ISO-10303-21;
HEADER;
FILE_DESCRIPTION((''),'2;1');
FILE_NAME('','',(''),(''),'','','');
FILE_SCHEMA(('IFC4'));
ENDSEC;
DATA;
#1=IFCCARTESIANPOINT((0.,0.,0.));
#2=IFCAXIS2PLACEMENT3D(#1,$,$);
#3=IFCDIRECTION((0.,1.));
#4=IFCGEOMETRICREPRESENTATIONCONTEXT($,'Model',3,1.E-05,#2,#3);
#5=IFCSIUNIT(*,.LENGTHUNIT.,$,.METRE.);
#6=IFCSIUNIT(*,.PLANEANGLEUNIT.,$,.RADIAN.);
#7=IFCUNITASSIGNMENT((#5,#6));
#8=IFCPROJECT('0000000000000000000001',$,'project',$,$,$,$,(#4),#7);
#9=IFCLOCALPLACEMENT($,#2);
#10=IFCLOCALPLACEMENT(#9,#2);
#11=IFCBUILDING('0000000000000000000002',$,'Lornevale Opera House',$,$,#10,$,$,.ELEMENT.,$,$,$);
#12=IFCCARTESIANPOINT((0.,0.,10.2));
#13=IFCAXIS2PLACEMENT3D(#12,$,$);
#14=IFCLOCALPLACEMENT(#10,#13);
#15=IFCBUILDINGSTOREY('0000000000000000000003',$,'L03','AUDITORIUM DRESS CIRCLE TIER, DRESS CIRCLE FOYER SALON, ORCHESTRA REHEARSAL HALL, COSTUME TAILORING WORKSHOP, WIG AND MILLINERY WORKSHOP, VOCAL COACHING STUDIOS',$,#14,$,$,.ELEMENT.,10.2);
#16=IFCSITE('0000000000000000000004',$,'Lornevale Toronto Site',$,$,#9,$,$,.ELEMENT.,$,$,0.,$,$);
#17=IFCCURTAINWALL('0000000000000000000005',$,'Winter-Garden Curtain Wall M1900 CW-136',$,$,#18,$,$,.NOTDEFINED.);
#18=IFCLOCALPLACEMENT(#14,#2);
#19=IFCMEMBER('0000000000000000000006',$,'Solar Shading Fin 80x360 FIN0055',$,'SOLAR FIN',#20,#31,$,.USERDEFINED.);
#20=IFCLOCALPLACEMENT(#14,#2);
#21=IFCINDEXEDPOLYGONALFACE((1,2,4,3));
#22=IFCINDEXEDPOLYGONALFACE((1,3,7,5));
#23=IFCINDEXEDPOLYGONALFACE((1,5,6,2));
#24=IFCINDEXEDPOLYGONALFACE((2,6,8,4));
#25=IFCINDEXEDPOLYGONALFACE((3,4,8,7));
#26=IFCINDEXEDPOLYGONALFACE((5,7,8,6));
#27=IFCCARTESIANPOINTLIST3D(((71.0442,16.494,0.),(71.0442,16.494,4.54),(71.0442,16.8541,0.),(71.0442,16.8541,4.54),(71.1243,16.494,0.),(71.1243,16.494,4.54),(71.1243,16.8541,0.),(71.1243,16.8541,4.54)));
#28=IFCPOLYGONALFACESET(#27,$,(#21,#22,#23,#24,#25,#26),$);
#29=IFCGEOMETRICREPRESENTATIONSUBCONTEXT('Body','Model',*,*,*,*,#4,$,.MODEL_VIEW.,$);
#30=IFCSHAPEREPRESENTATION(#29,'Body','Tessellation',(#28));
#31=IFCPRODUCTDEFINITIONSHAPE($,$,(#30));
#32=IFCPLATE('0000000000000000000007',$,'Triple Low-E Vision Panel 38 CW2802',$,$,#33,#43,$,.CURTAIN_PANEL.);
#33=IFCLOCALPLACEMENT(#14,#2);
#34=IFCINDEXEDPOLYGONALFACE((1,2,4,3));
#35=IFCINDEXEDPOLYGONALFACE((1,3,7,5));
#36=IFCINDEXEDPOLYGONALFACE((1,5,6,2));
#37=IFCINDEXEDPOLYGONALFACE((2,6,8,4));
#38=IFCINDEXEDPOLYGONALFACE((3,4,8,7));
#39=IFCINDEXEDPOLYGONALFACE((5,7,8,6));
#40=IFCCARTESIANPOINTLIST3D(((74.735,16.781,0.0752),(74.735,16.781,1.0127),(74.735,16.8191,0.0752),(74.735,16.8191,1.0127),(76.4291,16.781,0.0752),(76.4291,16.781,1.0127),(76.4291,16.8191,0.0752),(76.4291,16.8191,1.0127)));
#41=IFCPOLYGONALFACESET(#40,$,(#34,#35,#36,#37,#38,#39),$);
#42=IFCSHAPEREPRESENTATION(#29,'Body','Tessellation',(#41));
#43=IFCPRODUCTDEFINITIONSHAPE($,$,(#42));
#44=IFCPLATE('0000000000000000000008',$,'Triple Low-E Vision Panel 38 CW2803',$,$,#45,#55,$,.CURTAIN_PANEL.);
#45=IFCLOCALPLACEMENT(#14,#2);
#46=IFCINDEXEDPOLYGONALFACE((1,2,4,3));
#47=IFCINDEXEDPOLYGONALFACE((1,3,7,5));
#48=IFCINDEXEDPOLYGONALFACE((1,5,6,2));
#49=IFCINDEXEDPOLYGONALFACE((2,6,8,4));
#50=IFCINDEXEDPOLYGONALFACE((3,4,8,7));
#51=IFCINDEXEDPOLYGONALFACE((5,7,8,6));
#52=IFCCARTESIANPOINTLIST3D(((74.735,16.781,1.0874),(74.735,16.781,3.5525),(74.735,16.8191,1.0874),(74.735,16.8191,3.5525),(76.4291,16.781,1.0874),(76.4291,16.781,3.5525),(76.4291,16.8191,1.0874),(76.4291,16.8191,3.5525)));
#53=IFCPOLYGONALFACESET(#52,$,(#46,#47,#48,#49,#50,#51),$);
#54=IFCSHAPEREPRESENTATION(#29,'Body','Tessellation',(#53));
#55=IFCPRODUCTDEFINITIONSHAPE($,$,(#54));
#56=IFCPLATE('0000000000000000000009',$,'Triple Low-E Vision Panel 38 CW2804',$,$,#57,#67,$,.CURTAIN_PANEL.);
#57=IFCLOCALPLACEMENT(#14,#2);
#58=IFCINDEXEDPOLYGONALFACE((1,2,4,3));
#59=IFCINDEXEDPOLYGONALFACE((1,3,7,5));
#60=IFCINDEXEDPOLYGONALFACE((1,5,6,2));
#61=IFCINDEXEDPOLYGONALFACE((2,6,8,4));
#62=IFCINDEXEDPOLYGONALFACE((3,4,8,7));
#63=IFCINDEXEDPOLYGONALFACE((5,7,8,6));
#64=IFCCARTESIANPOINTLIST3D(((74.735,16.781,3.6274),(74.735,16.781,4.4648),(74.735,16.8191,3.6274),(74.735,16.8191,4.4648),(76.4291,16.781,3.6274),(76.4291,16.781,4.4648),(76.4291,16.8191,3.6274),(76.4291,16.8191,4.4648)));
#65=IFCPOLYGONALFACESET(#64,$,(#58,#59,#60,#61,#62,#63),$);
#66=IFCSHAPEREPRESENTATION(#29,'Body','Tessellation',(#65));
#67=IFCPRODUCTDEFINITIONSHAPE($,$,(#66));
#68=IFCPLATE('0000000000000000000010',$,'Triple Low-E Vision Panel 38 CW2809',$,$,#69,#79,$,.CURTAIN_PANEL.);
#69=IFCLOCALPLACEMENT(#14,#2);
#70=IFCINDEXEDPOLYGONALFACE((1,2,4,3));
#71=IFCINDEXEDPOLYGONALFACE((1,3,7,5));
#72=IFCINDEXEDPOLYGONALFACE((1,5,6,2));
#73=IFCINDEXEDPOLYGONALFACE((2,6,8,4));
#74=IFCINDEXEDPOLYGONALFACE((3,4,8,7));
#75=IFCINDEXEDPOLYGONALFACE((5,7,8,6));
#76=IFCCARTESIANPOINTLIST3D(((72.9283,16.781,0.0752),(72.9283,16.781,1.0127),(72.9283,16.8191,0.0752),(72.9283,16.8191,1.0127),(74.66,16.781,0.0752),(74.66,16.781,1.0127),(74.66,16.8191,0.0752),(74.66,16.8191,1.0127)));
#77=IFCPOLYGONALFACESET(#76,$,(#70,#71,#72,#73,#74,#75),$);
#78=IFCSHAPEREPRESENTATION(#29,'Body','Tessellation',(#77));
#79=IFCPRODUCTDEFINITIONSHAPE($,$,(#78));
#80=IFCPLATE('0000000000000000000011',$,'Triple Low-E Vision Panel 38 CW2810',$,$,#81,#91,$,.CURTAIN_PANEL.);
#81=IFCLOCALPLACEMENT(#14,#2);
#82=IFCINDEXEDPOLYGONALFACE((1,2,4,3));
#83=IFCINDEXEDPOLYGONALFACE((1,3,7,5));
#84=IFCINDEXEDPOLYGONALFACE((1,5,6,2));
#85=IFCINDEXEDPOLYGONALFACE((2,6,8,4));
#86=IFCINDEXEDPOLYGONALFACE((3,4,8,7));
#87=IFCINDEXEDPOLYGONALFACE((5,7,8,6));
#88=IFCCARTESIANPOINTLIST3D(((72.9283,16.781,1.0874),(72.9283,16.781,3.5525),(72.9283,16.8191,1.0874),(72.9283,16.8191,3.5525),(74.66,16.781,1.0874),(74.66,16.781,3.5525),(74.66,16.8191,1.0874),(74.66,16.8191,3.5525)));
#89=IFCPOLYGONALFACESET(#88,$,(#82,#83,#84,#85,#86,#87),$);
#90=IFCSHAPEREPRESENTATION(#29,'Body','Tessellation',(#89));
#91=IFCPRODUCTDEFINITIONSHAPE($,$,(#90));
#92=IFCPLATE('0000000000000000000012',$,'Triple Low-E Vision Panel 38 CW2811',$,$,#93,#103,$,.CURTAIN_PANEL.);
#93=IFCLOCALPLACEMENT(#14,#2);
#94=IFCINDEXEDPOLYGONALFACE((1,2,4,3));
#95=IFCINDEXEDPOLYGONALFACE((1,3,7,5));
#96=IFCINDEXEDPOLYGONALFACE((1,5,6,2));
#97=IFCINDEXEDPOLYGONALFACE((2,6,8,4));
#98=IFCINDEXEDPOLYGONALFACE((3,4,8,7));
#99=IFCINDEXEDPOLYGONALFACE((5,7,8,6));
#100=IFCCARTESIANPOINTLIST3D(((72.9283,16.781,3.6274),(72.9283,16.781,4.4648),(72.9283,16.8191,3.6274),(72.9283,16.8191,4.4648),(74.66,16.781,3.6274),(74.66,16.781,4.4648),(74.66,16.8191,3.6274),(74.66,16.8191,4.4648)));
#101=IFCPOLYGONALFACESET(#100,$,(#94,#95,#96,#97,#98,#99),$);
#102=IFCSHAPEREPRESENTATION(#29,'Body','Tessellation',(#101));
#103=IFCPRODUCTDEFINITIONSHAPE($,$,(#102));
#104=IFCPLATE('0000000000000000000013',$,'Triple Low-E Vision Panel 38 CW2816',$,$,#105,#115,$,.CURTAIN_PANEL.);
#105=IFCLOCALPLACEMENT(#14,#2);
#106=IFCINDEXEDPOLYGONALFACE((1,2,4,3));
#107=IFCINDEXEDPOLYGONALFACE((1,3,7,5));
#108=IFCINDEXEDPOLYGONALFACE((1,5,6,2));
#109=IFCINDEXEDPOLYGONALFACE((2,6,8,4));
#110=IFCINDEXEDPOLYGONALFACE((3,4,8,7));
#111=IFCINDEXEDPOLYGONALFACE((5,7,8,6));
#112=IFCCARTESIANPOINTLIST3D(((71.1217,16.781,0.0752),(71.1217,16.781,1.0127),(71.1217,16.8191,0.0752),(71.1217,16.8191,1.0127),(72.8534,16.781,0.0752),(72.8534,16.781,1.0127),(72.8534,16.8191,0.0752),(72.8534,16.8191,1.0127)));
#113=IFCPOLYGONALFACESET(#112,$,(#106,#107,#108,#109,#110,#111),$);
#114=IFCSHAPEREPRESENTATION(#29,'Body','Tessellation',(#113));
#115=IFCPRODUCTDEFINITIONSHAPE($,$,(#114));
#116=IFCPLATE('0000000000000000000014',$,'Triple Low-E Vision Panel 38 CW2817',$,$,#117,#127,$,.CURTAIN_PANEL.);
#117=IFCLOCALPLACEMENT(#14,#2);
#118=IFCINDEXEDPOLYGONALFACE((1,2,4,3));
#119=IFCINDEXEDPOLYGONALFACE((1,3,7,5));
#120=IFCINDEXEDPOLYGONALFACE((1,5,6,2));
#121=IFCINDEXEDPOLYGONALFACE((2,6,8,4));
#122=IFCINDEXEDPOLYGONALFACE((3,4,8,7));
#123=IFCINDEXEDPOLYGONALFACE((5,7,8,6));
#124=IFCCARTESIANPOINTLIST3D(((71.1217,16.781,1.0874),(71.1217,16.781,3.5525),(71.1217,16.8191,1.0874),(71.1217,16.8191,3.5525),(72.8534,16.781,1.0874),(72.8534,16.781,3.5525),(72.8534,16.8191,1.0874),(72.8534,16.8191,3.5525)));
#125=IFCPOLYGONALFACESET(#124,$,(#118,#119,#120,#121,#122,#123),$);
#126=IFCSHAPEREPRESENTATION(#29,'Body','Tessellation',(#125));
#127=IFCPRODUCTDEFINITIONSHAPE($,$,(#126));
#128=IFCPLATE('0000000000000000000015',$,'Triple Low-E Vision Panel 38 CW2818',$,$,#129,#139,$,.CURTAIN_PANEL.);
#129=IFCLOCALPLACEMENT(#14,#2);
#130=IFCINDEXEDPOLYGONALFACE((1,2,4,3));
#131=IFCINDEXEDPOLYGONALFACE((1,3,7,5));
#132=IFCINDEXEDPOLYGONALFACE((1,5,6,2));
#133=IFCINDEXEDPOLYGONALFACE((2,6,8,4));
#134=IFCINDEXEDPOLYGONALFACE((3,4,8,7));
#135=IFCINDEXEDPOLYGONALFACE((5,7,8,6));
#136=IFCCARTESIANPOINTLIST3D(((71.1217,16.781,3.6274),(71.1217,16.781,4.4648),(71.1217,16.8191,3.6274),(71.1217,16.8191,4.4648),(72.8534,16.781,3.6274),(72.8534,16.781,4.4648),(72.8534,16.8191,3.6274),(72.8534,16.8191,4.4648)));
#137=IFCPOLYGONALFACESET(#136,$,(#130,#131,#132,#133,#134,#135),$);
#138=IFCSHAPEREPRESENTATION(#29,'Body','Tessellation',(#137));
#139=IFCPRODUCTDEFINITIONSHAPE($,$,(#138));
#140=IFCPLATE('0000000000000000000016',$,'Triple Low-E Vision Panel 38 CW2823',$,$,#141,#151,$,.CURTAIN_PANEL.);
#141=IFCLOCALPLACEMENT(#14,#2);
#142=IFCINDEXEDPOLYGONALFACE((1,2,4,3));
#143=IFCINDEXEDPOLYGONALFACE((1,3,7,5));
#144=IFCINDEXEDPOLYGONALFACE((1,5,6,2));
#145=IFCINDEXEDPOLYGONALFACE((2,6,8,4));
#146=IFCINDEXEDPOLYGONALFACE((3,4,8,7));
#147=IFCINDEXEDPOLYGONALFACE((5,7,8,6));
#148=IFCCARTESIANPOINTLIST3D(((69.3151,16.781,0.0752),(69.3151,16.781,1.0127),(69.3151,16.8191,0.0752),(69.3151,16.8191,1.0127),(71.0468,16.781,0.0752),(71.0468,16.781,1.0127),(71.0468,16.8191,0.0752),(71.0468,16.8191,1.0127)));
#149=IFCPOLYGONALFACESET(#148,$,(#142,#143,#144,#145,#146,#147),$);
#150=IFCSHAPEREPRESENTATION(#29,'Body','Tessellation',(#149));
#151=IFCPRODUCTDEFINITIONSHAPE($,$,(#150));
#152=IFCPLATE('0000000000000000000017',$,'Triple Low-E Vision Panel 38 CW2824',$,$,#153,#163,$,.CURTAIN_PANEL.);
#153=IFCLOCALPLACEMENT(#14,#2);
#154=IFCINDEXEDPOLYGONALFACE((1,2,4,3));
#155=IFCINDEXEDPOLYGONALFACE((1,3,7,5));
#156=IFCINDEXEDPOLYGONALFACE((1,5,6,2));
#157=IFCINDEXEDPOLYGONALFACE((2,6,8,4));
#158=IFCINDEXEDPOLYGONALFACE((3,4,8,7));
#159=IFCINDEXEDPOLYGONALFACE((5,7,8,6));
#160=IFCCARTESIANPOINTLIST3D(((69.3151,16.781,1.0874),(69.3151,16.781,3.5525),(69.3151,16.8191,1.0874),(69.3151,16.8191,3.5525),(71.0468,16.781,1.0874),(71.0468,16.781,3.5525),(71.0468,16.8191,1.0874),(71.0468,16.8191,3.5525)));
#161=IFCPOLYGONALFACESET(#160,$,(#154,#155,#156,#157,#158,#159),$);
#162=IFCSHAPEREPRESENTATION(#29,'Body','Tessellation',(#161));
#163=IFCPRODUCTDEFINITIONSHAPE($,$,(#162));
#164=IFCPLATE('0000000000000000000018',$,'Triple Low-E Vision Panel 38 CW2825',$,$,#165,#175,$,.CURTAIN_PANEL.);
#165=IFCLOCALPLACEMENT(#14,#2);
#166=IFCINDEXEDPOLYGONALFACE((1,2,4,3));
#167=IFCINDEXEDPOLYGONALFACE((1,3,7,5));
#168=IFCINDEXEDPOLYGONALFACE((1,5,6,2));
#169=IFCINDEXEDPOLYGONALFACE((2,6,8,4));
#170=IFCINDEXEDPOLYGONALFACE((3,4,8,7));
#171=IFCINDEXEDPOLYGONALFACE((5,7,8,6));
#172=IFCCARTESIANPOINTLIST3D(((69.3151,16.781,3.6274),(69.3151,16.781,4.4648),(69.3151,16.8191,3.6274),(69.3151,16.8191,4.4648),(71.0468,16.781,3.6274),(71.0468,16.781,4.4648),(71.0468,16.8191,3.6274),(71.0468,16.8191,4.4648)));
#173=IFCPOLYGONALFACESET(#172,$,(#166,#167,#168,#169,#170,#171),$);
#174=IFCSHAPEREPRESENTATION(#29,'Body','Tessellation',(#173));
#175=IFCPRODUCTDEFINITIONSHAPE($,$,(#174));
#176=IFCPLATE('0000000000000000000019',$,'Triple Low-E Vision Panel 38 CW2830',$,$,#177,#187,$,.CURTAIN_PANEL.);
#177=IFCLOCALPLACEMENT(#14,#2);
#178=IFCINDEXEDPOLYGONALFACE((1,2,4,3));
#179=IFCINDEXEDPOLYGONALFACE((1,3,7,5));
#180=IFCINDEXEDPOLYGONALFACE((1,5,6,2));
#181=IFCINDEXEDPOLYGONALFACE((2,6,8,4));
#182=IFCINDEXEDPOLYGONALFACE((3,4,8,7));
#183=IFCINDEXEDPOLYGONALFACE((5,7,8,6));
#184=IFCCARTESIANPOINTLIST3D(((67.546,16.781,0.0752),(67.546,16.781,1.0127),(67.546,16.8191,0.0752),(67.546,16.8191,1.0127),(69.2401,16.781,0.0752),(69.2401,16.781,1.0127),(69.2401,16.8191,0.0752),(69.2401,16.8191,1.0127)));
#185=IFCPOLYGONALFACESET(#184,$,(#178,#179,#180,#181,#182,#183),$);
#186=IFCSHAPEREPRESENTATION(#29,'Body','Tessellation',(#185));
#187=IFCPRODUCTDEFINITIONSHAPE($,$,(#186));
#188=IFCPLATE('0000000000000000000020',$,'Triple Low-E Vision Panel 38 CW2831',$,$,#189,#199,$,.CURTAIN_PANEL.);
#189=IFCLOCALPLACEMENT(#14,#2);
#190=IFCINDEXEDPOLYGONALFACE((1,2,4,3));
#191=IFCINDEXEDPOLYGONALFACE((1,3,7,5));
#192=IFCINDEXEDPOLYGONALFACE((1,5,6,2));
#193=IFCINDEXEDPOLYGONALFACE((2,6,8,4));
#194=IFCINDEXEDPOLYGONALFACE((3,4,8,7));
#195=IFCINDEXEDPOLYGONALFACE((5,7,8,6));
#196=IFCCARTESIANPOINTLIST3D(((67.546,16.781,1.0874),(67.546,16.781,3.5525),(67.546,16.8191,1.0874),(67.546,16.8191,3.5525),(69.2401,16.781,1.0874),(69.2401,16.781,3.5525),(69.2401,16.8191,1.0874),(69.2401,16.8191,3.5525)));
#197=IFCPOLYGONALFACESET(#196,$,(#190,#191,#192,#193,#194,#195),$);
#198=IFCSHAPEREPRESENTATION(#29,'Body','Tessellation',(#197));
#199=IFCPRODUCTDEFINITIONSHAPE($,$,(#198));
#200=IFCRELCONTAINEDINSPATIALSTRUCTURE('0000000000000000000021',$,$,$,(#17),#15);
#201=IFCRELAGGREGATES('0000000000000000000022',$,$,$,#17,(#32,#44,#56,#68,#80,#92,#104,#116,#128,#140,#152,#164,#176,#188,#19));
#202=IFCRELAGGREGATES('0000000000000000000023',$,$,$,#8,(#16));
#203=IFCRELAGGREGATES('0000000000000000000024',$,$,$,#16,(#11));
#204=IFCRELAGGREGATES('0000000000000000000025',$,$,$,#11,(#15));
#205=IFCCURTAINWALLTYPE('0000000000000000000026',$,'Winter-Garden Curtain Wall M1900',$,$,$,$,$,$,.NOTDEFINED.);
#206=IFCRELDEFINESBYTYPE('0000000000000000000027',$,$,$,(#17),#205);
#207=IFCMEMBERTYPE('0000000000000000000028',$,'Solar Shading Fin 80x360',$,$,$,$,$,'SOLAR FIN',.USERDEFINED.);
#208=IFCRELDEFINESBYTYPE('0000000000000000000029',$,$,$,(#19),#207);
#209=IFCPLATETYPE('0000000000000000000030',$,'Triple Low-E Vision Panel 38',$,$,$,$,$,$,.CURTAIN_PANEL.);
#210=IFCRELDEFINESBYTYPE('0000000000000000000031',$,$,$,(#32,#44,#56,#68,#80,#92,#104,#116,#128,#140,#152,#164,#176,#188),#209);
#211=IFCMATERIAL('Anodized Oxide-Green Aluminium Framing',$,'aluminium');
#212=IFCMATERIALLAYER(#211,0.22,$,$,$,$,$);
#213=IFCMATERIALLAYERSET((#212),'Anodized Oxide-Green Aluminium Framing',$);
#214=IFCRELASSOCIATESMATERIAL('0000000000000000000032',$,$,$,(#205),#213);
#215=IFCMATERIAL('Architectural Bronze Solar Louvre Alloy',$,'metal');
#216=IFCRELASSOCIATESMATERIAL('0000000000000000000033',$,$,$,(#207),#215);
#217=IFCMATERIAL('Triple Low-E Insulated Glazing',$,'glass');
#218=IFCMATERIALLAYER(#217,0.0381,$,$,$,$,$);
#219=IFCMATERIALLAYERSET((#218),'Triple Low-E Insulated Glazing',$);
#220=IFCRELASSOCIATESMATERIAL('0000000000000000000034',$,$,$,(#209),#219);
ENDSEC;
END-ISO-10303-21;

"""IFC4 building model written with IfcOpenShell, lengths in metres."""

from ifc_helpers import new_model, si_unit, direction, frame, origin, origin_2d, place, context, subcontext, project, spatial, rectangle, extrude, material, layer, layer_set, material_profile, profile_set, type_object, element, aggregate, save


model = new_model("IFC4")

# Units and contexts
model_context = context("Model", 3, precision=1e-05, world=origin(), true_north=direction((0.0, 1.0)))
body_context = subcontext(model_context, "Body", "Model", "MODEL_VIEW")
ifc_project = project(units=[si_unit("LENGTHUNIT", "METRE"), si_unit("PLANEANGLEUNIT", "RADIAN")], contexts=[model_context])

# Site, building, storey
site_placement = place(None, origin())
site = spatial("IfcSite", under=ifc_project, at=site_placement, Name="Lornevale Toronto Site", CompositionType="ELEMENT", RefElevation=0.0)
building_placement = place(site_placement, origin())
building = spatial("IfcBuilding", under=site, at=building_placement, Name="Lornevale Opera House", CompositionType="ELEMENT")
storey_placement = place(building_placement, frame((0.0, 0.0, 10.2)))
storey = spatial("IfcBuildingStorey", under=building, at=storey_placement, Name="L03", Description="AUDITORIUM DRESS CIRCLE TIER, DRESS CIRCLE FOYER SALON, ORCHESTRA REHEARSAL HALL, COSTUME TAILORING WORKSHOP, WIG AND MILLINERY WORKSHOP, VOCAL COACHING STUDIOS", CompositionType="ELEMENT", Elevation=10.2)

# Curtain wall, member, plates
ifc_material_1 = material(Name="Anodized Oxide-Green Aluminium Framing", Category="aluminium")
ifc_layer_1 = layer(ifc_material_1, 0.22)
ifc_layer_set_1 = layer_set([ifc_layer_1], Name="Anodized Oxide-Green Aluminium Framing")
curtain_wall_type = type_object("IfcCurtainWallType", Name="Winter-Garden Curtain Wall M1900", PredefinedType="NOTDEFINED", material=ifc_layer_set_1)
curtain_wall_placement = place(storey_placement, origin())
curtain_wall = element("IfcCurtainWall", 1, at=curtain_wall_placement, inside=storey, type_object=curtain_wall_type, Name="Winter-Garden Curtain Wall M1900 CW-136", PredefinedType="NOTDEFINED")
ifc_material_2 = material(Name="Architectural Bronze Solar Louvre Alloy", Category="metal")
ifc_material_profile_1 = material_profile(ifc_material_2, rectangle(XDim=0.0801, YDim=0.3601, at=origin_2d()), Name="FIN80x360")
ifc_profile_set_1 = profile_set([ifc_material_profile_1], Name="Architectural Bronze Solar Louvre Alloy")
member_type_1 = type_object("IfcMemberType", Name="Solar Shading Fin 80x360", ElementType="SOLAR FIN", PredefinedType="USERDEFINED", material=ifc_profile_set_1)
member_1_placement = place(storey_placement, frame((71.0842, 16.6741, 0.0), z_axis=(0.0, 0.0, 1.0), x_axis=(-1.0, 0.0, 0.0)))
member_1 = element("IfcMember", 2, at=member_1_placement, type_object=member_type_1, Name="Solar Shading Fin 80x360 FIN0055", ObjectType="SOLAR FIN", PredefinedType="USERDEFINED", context=body_context, shape_type="SweptSolid", body=[
    extrude(rectangle(XDim=0.0801, YDim=0.3601, at=origin_2d()), origin(), (0.0, 0.0, 1.0), 4.54),
])
ifc_material_3 = material(Name="Triple Low-E Insulated Glazing", Category="glass")
ifc_layer_2 = layer(ifc_material_3, 0.0381)
ifc_layer_set_2 = layer_set([ifc_layer_2], Name="Triple Low-E Insulated Glazing")
plate_type = type_object("IfcPlateType", Name="Triple Low-E Vision Panel 38", PredefinedType="CURTAIN_PANEL", material=ifc_layer_set_2)
plate_1_placement = place(storey_placement, frame((75.582, 16.8, 0.0752), z_axis=(0.0, 0.0, 1.0), x_axis=(-1.0, 0.0, 0.0)))
plate_1 = element("IfcPlate", 3, at=plate_1_placement, type_object=plate_type, Name="Triple Low-E Vision Panel 38 CW2802", PredefinedType="CURTAIN_PANEL", context=body_context, shape_type="SweptSolid", body=[
    extrude(rectangle(XDim=1.6941, YDim=0.0381, at=origin_2d()), origin(), (0.0, 0.0, 1.0), 0.9375),
])
plate_2_placement = place(storey_placement, frame((75.582, 16.8, 1.0874), z_axis=(0.0, 0.0, 1.0), x_axis=(-1.0, 0.0, 0.0)))
plate_2 = element("IfcPlate", 4, at=plate_2_placement, type_object=plate_type, Name="Triple Low-E Vision Panel 38 CW2803", PredefinedType="CURTAIN_PANEL", context=body_context, shape_type="SweptSolid", body=[
    extrude(rectangle(XDim=1.6941, YDim=0.0381, at=origin_2d()), origin(), (0.0, 0.0, 1.0), 2.4651),
])
plate_3_placement = place(storey_placement, frame((75.582, 16.8, 3.6274), z_axis=(0.0, 0.0, 1.0), x_axis=(-1.0, 0.0, 0.0)))
plate_3 = element("IfcPlate", 5, at=plate_3_placement, type_object=plate_type, Name="Triple Low-E Vision Panel 38 CW2804", PredefinedType="CURTAIN_PANEL", context=body_context, shape_type="SweptSolid", body=[
    extrude(rectangle(XDim=1.6941, YDim=0.0381, at=origin_2d()), origin(), (0.0, 0.0, 1.0), 0.8374),
])
plate_4_placement = place(storey_placement, frame((73.7942, 16.8, 0.0752), z_axis=(0.0, 0.0, 1.0), x_axis=(-1.0, 0.0, 0.0)))
plate_4 = element("IfcPlate", 6, at=plate_4_placement, type_object=plate_type, Name="Triple Low-E Vision Panel 38 CW2809", PredefinedType="CURTAIN_PANEL", context=body_context, shape_type="SweptSolid", body=[
    extrude(rectangle(XDim=1.7317, YDim=0.0381, at=origin_2d()), origin(), (0.0, 0.0, 1.0), 0.9375),
])
plate_5_placement = place(storey_placement, frame((73.7942, 16.8, 1.0874), z_axis=(0.0, 0.0, 1.0), x_axis=(-1.0, 0.0, 0.0)))
plate_5 = element("IfcPlate", 7, at=plate_5_placement, type_object=plate_type, Name="Triple Low-E Vision Panel 38 CW2810", PredefinedType="CURTAIN_PANEL", context=body_context, shape_type="SweptSolid", body=[
    extrude(rectangle(XDim=1.7317, YDim=0.0381, at=origin_2d()), origin(), (0.0, 0.0, 1.0), 2.4651),
])
plate_6_placement = place(storey_placement, frame((73.7942, 16.8, 3.6274), z_axis=(0.0, 0.0, 1.0), x_axis=(-1.0, 0.0, 0.0)))
plate_6 = element("IfcPlate", 8, at=plate_6_placement, type_object=plate_type, Name="Triple Low-E Vision Panel 38 CW2811", PredefinedType="CURTAIN_PANEL", context=body_context, shape_type="SweptSolid", body=[
    extrude(rectangle(XDim=1.7317, YDim=0.0381, at=origin_2d()), origin(), (0.0, 0.0, 1.0), 0.8374),
])
plate_7_placement = place(storey_placement, frame((71.9875, 16.8, 0.0752), z_axis=(0.0, 0.0, 1.0), x_axis=(-1.0, 0.0, 0.0)))
plate_7 = element("IfcPlate", 9, at=plate_7_placement, type_object=plate_type, Name="Triple Low-E Vision Panel 38 CW2816", PredefinedType="CURTAIN_PANEL", context=body_context, shape_type="SweptSolid", body=[
    extrude(rectangle(XDim=1.7317, YDim=0.0381, at=origin_2d()), origin(), (0.0, 0.0, 1.0), 0.9375),
])
plate_8_placement = place(storey_placement, frame((71.9875, 16.8, 1.0874), z_axis=(0.0, 0.0, 1.0), x_axis=(-1.0, 0.0, 0.0)))
plate_8 = element("IfcPlate", 10, at=plate_8_placement, type_object=plate_type, Name="Triple Low-E Vision Panel 38 CW2817", PredefinedType="CURTAIN_PANEL", context=body_context, shape_type="SweptSolid", body=[
    extrude(rectangle(XDim=1.7317, YDim=0.0381, at=origin_2d()), origin(), (0.0, 0.0, 1.0), 2.4651),
])
plate_9_placement = place(storey_placement, frame((71.9875, 16.8, 3.6274), z_axis=(0.0, 0.0, 1.0), x_axis=(-1.0, 0.0, 0.0)))
plate_9 = element("IfcPlate", 11, at=plate_9_placement, type_object=plate_type, Name="Triple Low-E Vision Panel 38 CW2818", PredefinedType="CURTAIN_PANEL", context=body_context, shape_type="SweptSolid", body=[
    extrude(rectangle(XDim=1.7317, YDim=0.0381, at=origin_2d()), origin(), (0.0, 0.0, 1.0), 0.8374),
])
plate_10_placement = place(storey_placement, frame((70.1809, 16.8, 0.0752), z_axis=(0.0, 0.0, 1.0), x_axis=(-1.0, 0.0, 0.0)))
plate_10 = element("IfcPlate", 12, at=plate_10_placement, type_object=plate_type, Name="Triple Low-E Vision Panel 38 CW2823", PredefinedType="CURTAIN_PANEL", context=body_context, shape_type="SweptSolid", body=[
    extrude(rectangle(XDim=1.7317, YDim=0.0381, at=origin_2d()), origin(), (0.0, 0.0, 1.0), 0.9375),
])
plate_11_placement = place(storey_placement, frame((70.1809, 16.8, 1.0874), z_axis=(0.0, 0.0, 1.0), x_axis=(-1.0, 0.0, 0.0)))
plate_11 = element("IfcPlate", 13, at=plate_11_placement, type_object=plate_type, Name="Triple Low-E Vision Panel 38 CW2824", PredefinedType="CURTAIN_PANEL", context=body_context, shape_type="SweptSolid", body=[
    extrude(rectangle(XDim=1.7317, YDim=0.0381, at=origin_2d()), origin(), (0.0, 0.0, 1.0), 2.4651),
])
plate_12_placement = place(storey_placement, frame((70.1809, 16.8, 3.6274), z_axis=(0.0, 0.0, 1.0), x_axis=(-1.0, 0.0, 0.0)))
plate_12 = element("IfcPlate", 14, at=plate_12_placement, type_object=plate_type, Name="Triple Low-E Vision Panel 38 CW2825", PredefinedType="CURTAIN_PANEL", context=body_context, shape_type="SweptSolid", body=[
    extrude(rectangle(XDim=1.7317, YDim=0.0381, at=origin_2d()), origin(), (0.0, 0.0, 1.0), 0.8374),
])
plate_13_placement = place(storey_placement, frame((68.3931, 16.8, 0.0752), z_axis=(0.0, 0.0, 1.0), x_axis=(-1.0, 0.0, 0.0)))
plate_13 = element("IfcPlate", 15, at=plate_13_placement, type_object=plate_type, Name="Triple Low-E Vision Panel 38 CW2830", PredefinedType="CURTAIN_PANEL", context=body_context, shape_type="SweptSolid", body=[
    extrude(rectangle(XDim=1.6941, YDim=0.0381, at=origin_2d()), origin(), (0.0, 0.0, 1.0), 0.9375),
])
plate_14_placement = place(storey_placement, frame((68.3931, 16.8, 1.0874), z_axis=(0.0, 0.0, 1.0), x_axis=(-1.0, 0.0, 0.0)))
plate_14 = element("IfcPlate", 16, at=plate_14_placement, type_object=plate_type, Name="Triple Low-E Vision Panel 38 CW2831", PredefinedType="CURTAIN_PANEL", context=body_context, shape_type="SweptSolid", body=[
    extrude(rectangle(XDim=1.6941, YDim=0.0381, at=origin_2d()), origin(), (0.0, 0.0, 1.0), 2.4651),
])
aggregate(curtain_wall, [plate_1, plate_2, plate_3, plate_4, plate_5, plate_6, plate_7, plate_8, plate_9, plate_10, plate_11, plate_12, plate_13, plate_14, member_1])

save(model, "model.ifc")
